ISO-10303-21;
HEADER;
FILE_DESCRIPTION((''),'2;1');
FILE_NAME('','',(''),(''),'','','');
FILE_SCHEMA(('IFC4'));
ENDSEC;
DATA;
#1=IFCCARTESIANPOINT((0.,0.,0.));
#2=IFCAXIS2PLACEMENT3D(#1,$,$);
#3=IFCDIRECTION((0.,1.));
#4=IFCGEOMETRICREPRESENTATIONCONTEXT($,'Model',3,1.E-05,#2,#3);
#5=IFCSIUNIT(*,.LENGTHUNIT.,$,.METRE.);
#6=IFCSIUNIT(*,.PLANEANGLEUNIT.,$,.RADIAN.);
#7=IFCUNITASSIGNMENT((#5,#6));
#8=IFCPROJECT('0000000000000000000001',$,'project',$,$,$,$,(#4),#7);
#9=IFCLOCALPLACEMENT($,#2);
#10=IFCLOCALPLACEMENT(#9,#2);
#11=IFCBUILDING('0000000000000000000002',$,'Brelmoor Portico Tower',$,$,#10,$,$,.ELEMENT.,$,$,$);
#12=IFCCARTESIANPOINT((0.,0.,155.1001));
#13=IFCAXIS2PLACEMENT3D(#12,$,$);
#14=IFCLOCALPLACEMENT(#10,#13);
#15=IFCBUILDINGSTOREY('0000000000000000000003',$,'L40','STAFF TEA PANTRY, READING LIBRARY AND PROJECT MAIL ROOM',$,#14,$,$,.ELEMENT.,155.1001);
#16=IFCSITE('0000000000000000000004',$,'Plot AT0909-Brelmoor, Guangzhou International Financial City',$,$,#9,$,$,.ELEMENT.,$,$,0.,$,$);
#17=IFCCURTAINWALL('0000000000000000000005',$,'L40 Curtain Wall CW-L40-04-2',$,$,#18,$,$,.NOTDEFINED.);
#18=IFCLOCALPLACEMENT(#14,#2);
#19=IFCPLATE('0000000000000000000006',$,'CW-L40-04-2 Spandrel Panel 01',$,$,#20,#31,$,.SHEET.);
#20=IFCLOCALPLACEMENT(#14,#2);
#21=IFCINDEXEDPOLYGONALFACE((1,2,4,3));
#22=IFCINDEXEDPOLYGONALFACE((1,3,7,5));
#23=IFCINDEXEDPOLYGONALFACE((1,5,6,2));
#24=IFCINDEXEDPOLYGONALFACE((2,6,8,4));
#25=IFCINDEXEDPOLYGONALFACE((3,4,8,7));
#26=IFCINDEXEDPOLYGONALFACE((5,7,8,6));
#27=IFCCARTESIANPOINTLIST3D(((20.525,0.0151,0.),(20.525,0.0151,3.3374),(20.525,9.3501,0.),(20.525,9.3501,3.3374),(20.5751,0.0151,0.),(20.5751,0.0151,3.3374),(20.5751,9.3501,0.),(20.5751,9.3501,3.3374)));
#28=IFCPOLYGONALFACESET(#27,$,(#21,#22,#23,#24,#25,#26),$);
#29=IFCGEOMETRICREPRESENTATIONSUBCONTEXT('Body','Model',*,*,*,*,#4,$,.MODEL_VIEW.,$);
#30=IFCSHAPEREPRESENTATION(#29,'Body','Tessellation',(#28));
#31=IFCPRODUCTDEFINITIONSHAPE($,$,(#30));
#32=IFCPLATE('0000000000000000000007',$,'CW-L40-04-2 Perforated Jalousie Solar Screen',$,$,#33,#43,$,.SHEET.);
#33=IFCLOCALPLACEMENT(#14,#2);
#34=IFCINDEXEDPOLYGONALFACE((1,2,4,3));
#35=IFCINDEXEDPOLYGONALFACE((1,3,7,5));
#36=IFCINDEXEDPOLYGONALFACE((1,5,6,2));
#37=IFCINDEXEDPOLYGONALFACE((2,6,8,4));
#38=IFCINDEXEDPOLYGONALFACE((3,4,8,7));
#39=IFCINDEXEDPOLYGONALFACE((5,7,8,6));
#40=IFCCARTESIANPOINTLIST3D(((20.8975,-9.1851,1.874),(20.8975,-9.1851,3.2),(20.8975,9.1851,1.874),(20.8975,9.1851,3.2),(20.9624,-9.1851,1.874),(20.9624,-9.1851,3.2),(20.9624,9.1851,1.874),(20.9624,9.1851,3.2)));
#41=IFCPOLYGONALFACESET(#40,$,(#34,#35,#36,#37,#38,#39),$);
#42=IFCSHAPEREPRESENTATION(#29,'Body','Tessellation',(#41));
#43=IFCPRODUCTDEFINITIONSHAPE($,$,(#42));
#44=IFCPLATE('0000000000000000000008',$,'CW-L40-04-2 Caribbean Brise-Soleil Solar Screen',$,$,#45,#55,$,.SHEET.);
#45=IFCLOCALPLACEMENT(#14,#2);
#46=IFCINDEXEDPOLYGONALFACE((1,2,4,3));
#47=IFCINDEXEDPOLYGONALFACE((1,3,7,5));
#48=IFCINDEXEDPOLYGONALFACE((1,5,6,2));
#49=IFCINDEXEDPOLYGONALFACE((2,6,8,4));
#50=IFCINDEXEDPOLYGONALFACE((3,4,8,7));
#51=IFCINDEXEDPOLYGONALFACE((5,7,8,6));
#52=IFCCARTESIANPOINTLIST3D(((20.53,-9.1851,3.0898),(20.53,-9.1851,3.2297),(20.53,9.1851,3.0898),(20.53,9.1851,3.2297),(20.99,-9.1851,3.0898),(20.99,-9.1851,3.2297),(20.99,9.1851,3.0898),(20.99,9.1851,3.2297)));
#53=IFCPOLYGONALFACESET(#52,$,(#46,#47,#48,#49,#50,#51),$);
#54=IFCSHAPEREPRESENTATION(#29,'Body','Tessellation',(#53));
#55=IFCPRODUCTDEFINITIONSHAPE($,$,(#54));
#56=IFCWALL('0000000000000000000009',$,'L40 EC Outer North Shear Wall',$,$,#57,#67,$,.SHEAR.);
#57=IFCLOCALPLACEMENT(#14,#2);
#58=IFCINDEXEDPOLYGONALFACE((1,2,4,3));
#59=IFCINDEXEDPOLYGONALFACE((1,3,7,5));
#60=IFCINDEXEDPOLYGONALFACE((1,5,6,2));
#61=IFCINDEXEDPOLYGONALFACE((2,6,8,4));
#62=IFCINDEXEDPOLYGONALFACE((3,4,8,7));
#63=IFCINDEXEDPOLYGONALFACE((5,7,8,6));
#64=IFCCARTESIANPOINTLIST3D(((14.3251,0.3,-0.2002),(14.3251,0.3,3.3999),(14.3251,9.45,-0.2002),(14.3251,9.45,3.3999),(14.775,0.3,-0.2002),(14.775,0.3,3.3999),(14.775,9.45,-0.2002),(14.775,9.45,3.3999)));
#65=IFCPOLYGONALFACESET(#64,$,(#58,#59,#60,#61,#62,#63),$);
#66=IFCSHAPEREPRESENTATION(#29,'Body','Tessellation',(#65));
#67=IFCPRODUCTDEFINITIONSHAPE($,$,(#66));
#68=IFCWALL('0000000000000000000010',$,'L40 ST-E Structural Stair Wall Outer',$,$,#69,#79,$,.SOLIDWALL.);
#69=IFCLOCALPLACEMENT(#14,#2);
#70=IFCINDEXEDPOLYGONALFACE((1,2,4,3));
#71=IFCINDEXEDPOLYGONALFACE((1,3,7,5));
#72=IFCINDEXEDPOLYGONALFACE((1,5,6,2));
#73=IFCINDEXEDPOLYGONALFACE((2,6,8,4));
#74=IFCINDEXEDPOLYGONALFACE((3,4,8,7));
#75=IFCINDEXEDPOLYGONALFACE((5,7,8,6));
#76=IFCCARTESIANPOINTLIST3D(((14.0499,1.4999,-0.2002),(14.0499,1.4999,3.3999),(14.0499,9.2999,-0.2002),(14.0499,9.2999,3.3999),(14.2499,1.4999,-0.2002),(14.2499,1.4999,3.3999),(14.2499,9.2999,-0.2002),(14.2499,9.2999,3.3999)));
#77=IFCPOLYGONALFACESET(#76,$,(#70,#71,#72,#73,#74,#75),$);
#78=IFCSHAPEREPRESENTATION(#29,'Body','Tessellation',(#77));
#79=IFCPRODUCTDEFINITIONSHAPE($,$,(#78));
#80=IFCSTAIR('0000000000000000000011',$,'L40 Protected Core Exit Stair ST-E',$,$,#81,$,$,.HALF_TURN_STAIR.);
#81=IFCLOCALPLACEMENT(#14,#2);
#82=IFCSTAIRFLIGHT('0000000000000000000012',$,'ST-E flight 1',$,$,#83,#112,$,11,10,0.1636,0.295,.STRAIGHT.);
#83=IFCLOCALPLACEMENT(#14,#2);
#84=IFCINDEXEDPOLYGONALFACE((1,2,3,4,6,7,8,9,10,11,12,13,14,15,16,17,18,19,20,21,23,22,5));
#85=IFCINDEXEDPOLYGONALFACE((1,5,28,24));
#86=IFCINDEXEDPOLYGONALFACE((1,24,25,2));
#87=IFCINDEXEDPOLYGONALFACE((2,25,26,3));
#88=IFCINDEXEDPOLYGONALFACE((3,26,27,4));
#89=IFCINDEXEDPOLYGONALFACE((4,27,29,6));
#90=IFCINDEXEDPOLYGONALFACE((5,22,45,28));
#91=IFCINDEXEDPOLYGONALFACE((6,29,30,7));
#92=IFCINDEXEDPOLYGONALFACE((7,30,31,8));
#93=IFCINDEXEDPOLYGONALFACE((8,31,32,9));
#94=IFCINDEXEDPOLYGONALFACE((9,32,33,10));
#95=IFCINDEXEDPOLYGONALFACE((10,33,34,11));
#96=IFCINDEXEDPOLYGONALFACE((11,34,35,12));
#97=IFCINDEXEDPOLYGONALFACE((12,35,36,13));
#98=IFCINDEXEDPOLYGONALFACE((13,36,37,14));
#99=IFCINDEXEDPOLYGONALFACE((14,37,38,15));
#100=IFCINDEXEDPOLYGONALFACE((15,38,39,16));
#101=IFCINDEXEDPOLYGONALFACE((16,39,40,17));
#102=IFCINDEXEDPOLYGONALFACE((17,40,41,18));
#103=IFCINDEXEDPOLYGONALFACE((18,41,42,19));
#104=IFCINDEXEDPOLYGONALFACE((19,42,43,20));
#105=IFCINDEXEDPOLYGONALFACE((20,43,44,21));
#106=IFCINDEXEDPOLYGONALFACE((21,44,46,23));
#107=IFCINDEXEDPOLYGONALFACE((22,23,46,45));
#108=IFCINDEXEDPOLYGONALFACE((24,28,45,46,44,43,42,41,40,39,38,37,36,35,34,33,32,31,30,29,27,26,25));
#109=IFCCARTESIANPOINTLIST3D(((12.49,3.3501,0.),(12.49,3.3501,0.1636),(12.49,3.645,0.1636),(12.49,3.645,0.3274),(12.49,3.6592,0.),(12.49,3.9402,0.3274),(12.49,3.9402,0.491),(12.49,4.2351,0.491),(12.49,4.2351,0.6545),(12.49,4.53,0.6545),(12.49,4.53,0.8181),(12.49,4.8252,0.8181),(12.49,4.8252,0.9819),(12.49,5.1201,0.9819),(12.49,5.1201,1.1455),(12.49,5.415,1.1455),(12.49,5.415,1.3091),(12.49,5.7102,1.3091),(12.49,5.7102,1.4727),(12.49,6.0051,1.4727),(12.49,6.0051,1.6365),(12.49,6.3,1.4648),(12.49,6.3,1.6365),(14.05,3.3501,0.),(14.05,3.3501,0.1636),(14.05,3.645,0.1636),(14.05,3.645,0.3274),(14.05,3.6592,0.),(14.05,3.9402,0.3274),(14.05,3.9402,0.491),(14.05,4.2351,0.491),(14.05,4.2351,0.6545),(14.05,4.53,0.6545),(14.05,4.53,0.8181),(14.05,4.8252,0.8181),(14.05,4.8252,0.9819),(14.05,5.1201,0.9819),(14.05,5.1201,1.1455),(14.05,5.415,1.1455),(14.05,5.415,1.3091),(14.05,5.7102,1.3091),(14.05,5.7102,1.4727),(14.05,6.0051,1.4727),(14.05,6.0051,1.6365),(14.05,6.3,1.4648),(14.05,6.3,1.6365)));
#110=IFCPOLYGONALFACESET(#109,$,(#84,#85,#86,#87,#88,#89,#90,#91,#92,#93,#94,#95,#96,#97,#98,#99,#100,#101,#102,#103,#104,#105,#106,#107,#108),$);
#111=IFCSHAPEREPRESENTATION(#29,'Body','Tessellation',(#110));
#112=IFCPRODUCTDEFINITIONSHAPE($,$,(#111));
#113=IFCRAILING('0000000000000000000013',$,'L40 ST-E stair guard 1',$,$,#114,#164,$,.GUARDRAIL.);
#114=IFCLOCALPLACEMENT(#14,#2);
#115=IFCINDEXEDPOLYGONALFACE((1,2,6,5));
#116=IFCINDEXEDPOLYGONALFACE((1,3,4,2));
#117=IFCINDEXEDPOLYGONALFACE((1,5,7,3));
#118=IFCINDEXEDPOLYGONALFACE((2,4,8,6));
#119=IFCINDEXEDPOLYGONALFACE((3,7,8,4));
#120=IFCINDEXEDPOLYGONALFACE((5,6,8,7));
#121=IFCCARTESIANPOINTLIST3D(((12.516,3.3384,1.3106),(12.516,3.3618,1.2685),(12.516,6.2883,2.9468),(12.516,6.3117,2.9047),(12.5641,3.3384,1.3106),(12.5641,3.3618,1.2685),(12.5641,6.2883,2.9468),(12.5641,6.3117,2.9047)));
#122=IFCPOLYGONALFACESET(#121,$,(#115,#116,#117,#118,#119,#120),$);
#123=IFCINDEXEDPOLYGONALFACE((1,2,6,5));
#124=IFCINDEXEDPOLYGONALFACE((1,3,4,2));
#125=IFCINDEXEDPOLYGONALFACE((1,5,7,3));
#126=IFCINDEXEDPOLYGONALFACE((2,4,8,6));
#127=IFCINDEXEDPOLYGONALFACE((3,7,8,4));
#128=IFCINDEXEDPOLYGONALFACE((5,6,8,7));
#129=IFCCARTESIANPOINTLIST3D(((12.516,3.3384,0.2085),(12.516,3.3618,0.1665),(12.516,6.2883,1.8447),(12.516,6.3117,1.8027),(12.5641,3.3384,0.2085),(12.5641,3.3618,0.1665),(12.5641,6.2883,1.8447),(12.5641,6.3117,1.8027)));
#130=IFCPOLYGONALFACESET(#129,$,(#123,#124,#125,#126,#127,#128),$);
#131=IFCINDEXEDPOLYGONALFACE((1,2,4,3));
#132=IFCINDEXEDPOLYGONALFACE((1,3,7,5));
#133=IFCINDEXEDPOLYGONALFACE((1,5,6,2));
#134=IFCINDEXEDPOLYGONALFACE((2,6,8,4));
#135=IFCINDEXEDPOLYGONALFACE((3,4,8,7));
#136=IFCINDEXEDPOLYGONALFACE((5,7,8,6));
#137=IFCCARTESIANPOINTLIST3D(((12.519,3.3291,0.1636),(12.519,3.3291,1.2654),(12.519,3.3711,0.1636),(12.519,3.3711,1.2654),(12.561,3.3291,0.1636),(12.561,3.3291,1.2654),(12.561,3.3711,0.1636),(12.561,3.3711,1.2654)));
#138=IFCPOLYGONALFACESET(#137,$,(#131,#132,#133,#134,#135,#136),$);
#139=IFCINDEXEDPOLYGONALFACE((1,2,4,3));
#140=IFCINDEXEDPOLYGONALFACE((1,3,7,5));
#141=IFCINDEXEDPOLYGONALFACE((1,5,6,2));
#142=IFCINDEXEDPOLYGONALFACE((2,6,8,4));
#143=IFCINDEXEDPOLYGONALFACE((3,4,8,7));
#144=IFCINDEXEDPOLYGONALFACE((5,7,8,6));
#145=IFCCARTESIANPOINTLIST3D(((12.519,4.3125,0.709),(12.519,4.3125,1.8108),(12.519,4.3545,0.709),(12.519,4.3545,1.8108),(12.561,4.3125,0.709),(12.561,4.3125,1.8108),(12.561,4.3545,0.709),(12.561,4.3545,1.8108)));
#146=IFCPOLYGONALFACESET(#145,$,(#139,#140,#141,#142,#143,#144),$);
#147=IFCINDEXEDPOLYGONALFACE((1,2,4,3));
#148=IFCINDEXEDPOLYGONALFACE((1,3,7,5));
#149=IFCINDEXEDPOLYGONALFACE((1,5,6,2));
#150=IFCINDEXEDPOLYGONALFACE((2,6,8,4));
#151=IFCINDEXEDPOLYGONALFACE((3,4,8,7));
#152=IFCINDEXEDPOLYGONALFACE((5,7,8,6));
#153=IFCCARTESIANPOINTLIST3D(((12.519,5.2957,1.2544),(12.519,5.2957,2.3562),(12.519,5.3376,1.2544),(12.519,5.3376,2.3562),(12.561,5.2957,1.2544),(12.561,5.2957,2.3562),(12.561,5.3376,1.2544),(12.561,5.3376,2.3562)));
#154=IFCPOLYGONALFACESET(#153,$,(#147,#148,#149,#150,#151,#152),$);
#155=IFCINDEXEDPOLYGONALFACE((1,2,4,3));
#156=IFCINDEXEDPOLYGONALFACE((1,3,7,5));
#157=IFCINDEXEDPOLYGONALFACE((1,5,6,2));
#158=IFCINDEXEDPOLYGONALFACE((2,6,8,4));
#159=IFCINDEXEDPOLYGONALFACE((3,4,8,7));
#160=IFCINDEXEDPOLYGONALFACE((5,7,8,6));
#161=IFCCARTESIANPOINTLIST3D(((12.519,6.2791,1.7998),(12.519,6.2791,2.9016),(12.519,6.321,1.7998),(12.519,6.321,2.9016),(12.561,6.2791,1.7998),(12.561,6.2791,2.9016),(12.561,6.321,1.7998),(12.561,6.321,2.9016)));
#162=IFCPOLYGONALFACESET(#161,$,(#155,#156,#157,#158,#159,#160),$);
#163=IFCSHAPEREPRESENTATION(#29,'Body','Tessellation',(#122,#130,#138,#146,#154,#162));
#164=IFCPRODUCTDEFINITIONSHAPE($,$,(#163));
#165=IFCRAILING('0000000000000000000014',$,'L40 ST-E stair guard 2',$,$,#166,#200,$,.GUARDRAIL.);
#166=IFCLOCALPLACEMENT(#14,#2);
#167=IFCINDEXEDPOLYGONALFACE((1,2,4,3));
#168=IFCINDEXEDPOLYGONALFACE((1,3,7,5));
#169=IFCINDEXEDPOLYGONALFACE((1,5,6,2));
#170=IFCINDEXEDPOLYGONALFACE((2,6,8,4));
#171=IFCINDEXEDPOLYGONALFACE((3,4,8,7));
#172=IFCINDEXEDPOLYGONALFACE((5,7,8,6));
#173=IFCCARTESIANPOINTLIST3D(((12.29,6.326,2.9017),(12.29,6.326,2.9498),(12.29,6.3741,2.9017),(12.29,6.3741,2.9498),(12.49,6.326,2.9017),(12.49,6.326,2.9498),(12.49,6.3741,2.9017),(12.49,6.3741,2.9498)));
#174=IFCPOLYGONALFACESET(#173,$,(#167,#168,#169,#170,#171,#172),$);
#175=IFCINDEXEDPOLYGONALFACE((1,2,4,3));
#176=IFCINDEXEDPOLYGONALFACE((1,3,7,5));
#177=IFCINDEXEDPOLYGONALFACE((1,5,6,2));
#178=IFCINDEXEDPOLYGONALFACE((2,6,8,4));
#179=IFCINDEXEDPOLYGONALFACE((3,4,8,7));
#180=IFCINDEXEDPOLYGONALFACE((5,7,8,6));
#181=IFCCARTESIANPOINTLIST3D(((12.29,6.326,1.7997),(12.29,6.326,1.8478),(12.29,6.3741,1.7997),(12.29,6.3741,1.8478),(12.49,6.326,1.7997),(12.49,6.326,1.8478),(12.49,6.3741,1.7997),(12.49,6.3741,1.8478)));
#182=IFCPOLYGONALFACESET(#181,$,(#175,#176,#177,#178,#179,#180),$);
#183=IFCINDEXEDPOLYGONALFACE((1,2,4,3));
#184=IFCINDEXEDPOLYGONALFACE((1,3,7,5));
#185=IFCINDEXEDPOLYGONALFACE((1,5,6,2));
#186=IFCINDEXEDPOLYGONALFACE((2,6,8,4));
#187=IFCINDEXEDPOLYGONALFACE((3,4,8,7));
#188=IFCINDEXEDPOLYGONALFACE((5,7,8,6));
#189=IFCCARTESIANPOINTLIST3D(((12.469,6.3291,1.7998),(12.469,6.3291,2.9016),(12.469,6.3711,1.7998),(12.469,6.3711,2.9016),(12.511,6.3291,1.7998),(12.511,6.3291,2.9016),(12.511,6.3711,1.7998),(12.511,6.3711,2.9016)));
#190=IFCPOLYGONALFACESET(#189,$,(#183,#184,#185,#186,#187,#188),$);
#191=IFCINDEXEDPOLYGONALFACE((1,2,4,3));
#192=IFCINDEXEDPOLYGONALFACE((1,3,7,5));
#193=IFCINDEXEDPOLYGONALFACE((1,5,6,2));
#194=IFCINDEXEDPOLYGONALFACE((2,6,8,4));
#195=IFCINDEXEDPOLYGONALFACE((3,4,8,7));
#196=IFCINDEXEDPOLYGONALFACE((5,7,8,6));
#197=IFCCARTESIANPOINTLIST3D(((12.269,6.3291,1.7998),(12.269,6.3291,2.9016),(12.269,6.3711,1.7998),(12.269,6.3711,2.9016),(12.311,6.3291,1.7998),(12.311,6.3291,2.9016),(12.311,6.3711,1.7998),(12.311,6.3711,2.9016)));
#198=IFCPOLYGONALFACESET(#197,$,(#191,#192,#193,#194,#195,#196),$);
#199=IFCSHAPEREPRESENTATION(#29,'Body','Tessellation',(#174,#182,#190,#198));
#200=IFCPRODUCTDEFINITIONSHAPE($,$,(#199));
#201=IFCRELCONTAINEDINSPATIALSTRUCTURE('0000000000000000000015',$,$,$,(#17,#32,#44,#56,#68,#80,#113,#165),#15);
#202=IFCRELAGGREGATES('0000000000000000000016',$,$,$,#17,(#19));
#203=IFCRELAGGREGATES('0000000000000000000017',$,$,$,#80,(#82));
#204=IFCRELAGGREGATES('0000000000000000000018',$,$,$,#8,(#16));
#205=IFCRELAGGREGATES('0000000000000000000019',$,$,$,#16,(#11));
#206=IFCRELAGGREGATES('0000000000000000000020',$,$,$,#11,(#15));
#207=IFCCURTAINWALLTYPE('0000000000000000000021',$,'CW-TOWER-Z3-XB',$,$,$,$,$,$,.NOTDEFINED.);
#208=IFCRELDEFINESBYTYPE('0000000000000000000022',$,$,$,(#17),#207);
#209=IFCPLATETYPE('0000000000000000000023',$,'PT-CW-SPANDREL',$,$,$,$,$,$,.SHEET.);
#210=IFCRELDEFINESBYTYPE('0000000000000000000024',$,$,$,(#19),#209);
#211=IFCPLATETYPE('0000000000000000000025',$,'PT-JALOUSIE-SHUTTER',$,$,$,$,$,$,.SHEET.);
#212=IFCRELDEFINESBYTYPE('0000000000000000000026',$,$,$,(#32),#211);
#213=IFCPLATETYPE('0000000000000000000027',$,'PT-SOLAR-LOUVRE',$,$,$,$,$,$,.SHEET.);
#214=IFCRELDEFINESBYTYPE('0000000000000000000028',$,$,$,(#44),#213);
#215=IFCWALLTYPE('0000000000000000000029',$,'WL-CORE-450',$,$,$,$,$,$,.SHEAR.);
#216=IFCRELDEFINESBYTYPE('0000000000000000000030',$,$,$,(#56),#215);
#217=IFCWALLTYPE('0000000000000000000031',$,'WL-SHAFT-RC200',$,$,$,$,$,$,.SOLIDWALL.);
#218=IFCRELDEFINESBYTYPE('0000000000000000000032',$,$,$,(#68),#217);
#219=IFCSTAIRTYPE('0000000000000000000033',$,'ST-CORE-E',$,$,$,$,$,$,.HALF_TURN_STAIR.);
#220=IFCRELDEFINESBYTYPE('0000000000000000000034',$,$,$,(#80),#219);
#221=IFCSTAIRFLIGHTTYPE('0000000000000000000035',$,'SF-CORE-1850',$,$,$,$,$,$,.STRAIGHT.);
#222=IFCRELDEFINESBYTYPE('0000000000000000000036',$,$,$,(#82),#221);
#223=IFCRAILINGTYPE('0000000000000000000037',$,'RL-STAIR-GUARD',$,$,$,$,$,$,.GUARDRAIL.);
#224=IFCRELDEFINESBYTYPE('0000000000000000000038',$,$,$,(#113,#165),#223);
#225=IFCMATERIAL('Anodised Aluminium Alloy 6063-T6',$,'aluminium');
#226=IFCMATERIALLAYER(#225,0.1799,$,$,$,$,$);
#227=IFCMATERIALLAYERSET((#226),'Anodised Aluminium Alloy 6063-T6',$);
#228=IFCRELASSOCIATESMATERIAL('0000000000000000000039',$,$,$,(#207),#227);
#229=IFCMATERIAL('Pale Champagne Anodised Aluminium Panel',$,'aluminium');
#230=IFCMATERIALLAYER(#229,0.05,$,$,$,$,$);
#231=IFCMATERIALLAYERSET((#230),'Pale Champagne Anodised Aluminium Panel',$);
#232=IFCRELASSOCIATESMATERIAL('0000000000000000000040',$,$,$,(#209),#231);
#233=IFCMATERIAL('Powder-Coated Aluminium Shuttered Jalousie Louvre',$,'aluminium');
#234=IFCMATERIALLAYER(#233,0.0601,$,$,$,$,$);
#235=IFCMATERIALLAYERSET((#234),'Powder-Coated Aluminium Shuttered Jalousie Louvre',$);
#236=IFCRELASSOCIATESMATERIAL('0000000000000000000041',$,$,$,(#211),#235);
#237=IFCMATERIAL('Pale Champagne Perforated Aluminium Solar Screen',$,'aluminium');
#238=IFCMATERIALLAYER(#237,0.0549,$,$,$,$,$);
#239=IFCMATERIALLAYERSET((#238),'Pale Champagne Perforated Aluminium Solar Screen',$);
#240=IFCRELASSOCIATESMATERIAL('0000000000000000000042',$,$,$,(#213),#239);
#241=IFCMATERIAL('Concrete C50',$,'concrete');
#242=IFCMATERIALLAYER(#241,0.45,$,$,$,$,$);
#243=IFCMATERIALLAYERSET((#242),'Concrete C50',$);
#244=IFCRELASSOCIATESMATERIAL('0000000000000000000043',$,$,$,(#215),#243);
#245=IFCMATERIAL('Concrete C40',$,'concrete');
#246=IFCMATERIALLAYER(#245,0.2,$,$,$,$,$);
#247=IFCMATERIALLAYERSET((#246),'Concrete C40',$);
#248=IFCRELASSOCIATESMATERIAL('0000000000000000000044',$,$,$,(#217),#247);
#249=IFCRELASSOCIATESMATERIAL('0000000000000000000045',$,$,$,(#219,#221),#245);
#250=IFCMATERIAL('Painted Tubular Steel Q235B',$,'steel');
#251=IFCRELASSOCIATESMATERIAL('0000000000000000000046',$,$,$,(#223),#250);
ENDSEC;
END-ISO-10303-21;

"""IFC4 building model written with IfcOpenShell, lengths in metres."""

from ifc_helpers import new_model, si_unit, direction, frame, frame_2d, origin, origin_2d, place, context, subcontext, project, spatial, polyline, rectangle, outline, extrude, material, layer, layer_set, type_object, element, aggregate, save


model = new_model("IFC4")

# Units and contexts
model_context = context("Model", 3, precision=1e-05, world=origin(), true_north=direction((0.0, 1.0)))
body_context = subcontext(model_context, "Body", "Model", "MODEL_VIEW")
ifc_project = project(units=[si_unit("LENGTHUNIT", "METRE"), si_unit("PLANEANGLEUNIT", "RADIAN")], contexts=[model_context])

# Site, building, storey
site_placement = place(None, origin())
site = spatial("IfcSite", under=ifc_project, at=site_placement, Name="Plot AT0909-Brelmoor, Guangzhou International Financial City", CompositionType="ELEMENT", RefElevation=0.0)
building_placement = place(site_placement, origin())
building = spatial("IfcBuilding", under=site, at=building_placement, Name="Brelmoor Portico Tower", CompositionType="ELEMENT")
storey_placement = place(building_placement, frame((0.0, 0.0, 155.1001)))
storey = spatial("IfcBuildingStorey", under=building, at=storey_placement, Name="L40", Description="STAFF TEA PANTRY, READING LIBRARY AND PROJECT MAIL ROOM", CompositionType="ELEMENT", Elevation=155.1001)

# Curtain wall, plate
ifc_material_1 = material(Name="Anodised Aluminium Alloy 6063-T6", Category="aluminium")
ifc_layer_1 = layer(ifc_material_1, 0.1799)
ifc_layer_set_1 = layer_set([ifc_layer_1], Name="Anodised Aluminium Alloy 6063-T6")
curtain_wall_type = type_object("IfcCurtainWallType", Name="CW-TOWER-Z3-XB", PredefinedType="NOTDEFINED", material=ifc_layer_set_1)
curtain_wall_placement = place(storey_placement, origin())
curtain_wall = element("IfcCurtainWall", 1, at=curtain_wall_placement, inside=storey, type_object=curtain_wall_type, Name="L40 Curtain Wall CW-L40-04-2", PredefinedType="NOTDEFINED")
ifc_material_2 = material(Name="Pale Champagne Anodised Aluminium Panel", Category="aluminium")
ifc_layer_2 = layer(ifc_material_2, 0.05)
ifc_layer_set_2 = layer_set([ifc_layer_2], Name="Pale Champagne Anodised Aluminium Panel")
plate_type_1 = type_object("IfcPlateType", Name="PT-CW-SPANDREL", PredefinedType="SHEET", material=ifc_layer_set_2)
plate_1_placement = place(storey_placement, frame((20.55, 4.6826, 0.0), z_axis=(0.0, 0.0, 1.0), x_axis=(0.0, 1.0, 0.0)))
plate_1 = element("IfcPlate", 2, at=plate_1_placement, type_object=plate_type_1, Name="CW-L40-04-2 Spandrel Panel 01", PredefinedType="SHEET", context=body_context, shape_type="SweptSolid", body=[
    extrude(rectangle(XDim=9.335, YDim=0.05, at=origin_2d()), origin(), (0.0, 0.0, 1.0), 3.3374),
])
aggregate(curtain_wall, [plate_1])

# Plates
ifc_material_3 = material(Name="Powder-Coated Aluminium Shuttered Jalousie Louvre", Category="aluminium")
ifc_layer_3 = layer(ifc_material_3, 0.0601)
ifc_layer_set_3 = layer_set([ifc_layer_3], Name="Powder-Coated Aluminium Shuttered Jalousie Louvre")
plate_type_2 = type_object("IfcPlateType", Name="PT-JALOUSIE-SHUTTER", PredefinedType="SHEET", material=ifc_layer_set_3)
plate_2_placement = place(storey_placement, frame((20.9299, 0.0, 1.874), z_axis=(0.0, 0.0, 1.0), x_axis=(0.0, 1.0, 0.0)))
element("IfcPlate", 3, at=plate_2_placement, inside=storey, type_object=plate_type_2, Name="CW-L40-04-2 Perforated Jalousie Solar Screen", PredefinedType="SHEET", context=body_context, shape_type="SweptSolid", body=[
    extrude(rectangle(XDim=18.3701, YDim=0.0649, at=origin_2d()), origin(), (0.0, 0.0, 1.0), 1.3259),
])
ifc_material_4 = material(Name="Pale Champagne Perforated Aluminium Solar Screen", Category="aluminium")
ifc_layer_4 = layer(ifc_material_4, 0.0549)
ifc_layer_set_4 = layer_set([ifc_layer_4], Name="Pale Champagne Perforated Aluminium Solar Screen")
plate_type_3 = type_object("IfcPlateType", Name="PT-SOLAR-LOUVRE", PredefinedType="SHEET", material=ifc_layer_set_4)
plate_3_placement = place(storey_placement, frame((20.76, 0.0, 3.0898), z_axis=(0.0, 0.0, 1.0), x_axis=(0.0, 1.0, 0.0)))
element("IfcPlate", 4, at=plate_3_placement, inside=storey, type_object=plate_type_3, Name="CW-L40-04-2 Caribbean Brise-Soleil Solar Screen", PredefinedType="SHEET", context=body_context, shape_type="SweptSolid", body=[
    extrude(rectangle(XDim=18.3701, YDim=0.46, at=origin_2d()), origin(), (0.0, 0.0, 1.0), 0.1399),
])

# Walls
ifc_material_5 = material(Name="Concrete C50", Category="concrete")
ifc_layer_5 = layer(ifc_material_5, 0.45)
ifc_layer_set_5 = layer_set([ifc_layer_5], Name="Concrete C50")
wall_type_1 = type_object("IfcWallType", Name="WL-CORE-450", PredefinedType="SHEAR", material=ifc_layer_set_5)
wall_1_placement = place(storey_placement, frame((14.55, 0.3, -0.2002), z_axis=(0.0, 0.0, 1.0), x_axis=(0.0, 1.0, 0.0)))
element("IfcWall", 5, at=wall_1_placement, inside=storey, type_object=wall_type_1, Name="L40 EC Outer North Shear Wall", PredefinedType="SHEAR", context=body_context, shape_type="SweptSolid", body=[
    extrude(rectangle(XDim=9.1499, YDim=0.45, at=frame_2d((4.575, 0.0))), origin(), (0.0, 0.0, 1.0), 3.6001),
])
ifc_material_6 = material(Name="Concrete C40", Category="concrete")
ifc_layer_6 = layer(ifc_material_6, 0.2)
ifc_layer_set_6 = layer_set([ifc_layer_6], Name="Concrete C40")
wall_type_2 = type_object("IfcWallType", Name="WL-SHAFT-RC200", PredefinedType="SOLIDWALL", material=ifc_layer_set_6)
wall_2_placement = place(storey_placement, frame((14.1499, 1.5, -0.2002), z_axis=(0.0, 0.0, 1.0), x_axis=(0.0, 1.0, 0.0)))
element("IfcWall", 6, at=wall_2_placement, inside=storey, type_object=wall_type_2, Name="L40 ST-E Structural Stair Wall Outer", PredefinedType="SOLIDWALL", context=body_context, shape_type="SweptSolid", body=[
    extrude(rectangle(XDim=7.8, YDim=0.2, at=frame_2d((3.8999, 0.0))), origin(), (0.0, 0.0, 1.0), 3.6001),
])

# Stair, stair flight
stair_type = type_object("IfcStairType", Name="ST-CORE-E", PredefinedType="HALF_TURN_STAIR", material=ifc_material_6)
stair_placement = place(storey_placement, origin())
stair = element("IfcStair", 7, at=stair_placement, inside=storey, type_object=stair_type, Name="L40 Protected Core Exit Stair ST-E", PredefinedType="HALF_TURN_STAIR")
stair_flight_type = type_object("IfcStairFlightType", Name="SF-CORE-1850", PredefinedType="STRAIGHT", material=ifc_material_6)
stair_flight_placement = place(storey_placement, frame((13.27, 3.3501, 0.0), z_axis=(0.0, 0.0, 1.0), x_axis=(0.0, 1.0, 0.0)))
stair_flight = element("IfcStairFlight", 8, at=stair_flight_placement, type_object=stair_flight_type, Name="ST-E flight 1", NumberOfRisers=11, NumberOfTreads=10, PredefinedType="STRAIGHT", RiserHeight=0.1636, TreadLength=0.295, context=body_context, shape_type="SweptSolid", body=[
    extrude(outline(polyline([(0.0, 0.0), (0.0, 0.1636), (0.2949, 0.1636), (0.2949, 0.3274), (0.5901, 0.3274), (0.5901, 0.491), (0.885, 0.491), (0.885, 0.6545), (1.1799, 0.6545), (1.1799, 0.8181), (1.4751, 0.8181), (1.4751, 0.9819), (1.77, 0.9819), (1.77, 1.1455), (2.0649, 1.1455), (2.0649, 1.3091), (2.3601, 1.3091), (2.3601, 1.4727), (2.655, 1.4727), (2.655, 1.6365), (2.95, 1.6365), (2.95, 1.8), (2.95, 1.4648), (0.3091, 0.0), (0.0, 0.0)])), frame((0.0, 0.78, 0.0), z_axis=(0.0, -1.0, 0.0), x_axis=(1.0, 0.0, 0.0)), (0.0, 0.0, 1.0), 1.5601),
])
aggregate(stair, [stair_flight])

# Railings
ifc_material_7 = material(Name="Painted Tubular Steel Q235B", Category="steel")
railing_type_1 = type_object("IfcRailingType", Name="RL-STAIR-GUARD", PredefinedType="GUARDRAIL", material=ifc_material_7)
railing_1_placement = place(storey_placement, frame((12.54, 3.3501, 0.1636)))
element("IfcRailing", 9, at=railing_1_placement, inside=storey, type_object=railing_type_1, Name="L40 ST-E stair guard 1", PredefinedType="GUARDRAIL", context=body_context, shape_type="SweptSolid", body=[
    extrude(rectangle(XDim=0.0481, YDim=0.0481, at=origin_2d()), frame((0.0, 0.0, 1.126), z_axis=(0.0, 0.874488, 0.485047), x_axis=(-1.0, 0.0, 0.0)), (0.0, 0.0, 1.0), 3.3733),
    extrude(rectangle(XDim=0.0481, YDim=0.0481, at=origin_2d()), frame((0.0, 0.0, 0.0239), z_axis=(0.0, 0.874488, 0.485047), x_axis=(-1.0, 0.0, 0.0)), (0.0, 0.0, 1.0), 3.3733),
    extrude(rectangle(XDim=0.042, YDim=0.042, at=origin_2d()), origin(), (0.0, 0.0, 1.0), 1.1018),
    extrude(rectangle(XDim=0.042, YDim=0.042, at=origin_2d()), frame((0.0, 0.9834, 0.5454)), (0.0, 0.0, 1.0), 1.1018),
    extrude(rectangle(XDim=0.042, YDim=0.042, at=origin_2d()), frame((0.0, 1.9666, 1.0908)), (0.0, 0.0, 1.0), 1.1018),
    extrude(rectangle(XDim=0.042, YDim=0.042, at=origin_2d()), frame((0.0, 2.95, 1.6362)), (0.0, 0.0, 1.0), 1.1018),
])
railing_2_placement = place(storey_placement, frame((12.49, 6.3501, 1.7998)))
element("IfcRailing", 10, at=railing_2_placement, inside=storey, type_object=railing_type_1, Name="L40 ST-E stair guard 2", PredefinedType="GUARDRAIL", context=body_context, shape_type="SweptSolid", body=[
    extrude(rectangle(XDim=0.0481, YDim=0.0481, at=origin_2d()), frame((0.0, 0.0, 1.126), z_axis=(-1.0, 0.0, 0.0), x_axis=(0.0, -1.0, 0.0)), (0.0, 0.0, 1.0), 0.2),
    extrude(rectangle(XDim=0.0481, YDim=0.0481, at=origin_2d()), frame((0.0, 0.0, 0.0239), z_axis=(-1.0, 0.0, 0.0), x_axis=(0.0, -1.0, 0.0)), (0.0, 0.0, 1.0), 0.2),
    extrude(rectangle(XDim=0.042, YDim=0.042, at=origin_2d()), origin(), (0.0, 0.0, 1.0), 1.1018),
    extrude(rectangle(XDim=0.042, YDim=0.042, at=origin_2d()), frame((-0.2, 0.0, 0.0)), (0.0, 0.0, 1.0), 1.1018),
])

save(model, "model.ifc")
